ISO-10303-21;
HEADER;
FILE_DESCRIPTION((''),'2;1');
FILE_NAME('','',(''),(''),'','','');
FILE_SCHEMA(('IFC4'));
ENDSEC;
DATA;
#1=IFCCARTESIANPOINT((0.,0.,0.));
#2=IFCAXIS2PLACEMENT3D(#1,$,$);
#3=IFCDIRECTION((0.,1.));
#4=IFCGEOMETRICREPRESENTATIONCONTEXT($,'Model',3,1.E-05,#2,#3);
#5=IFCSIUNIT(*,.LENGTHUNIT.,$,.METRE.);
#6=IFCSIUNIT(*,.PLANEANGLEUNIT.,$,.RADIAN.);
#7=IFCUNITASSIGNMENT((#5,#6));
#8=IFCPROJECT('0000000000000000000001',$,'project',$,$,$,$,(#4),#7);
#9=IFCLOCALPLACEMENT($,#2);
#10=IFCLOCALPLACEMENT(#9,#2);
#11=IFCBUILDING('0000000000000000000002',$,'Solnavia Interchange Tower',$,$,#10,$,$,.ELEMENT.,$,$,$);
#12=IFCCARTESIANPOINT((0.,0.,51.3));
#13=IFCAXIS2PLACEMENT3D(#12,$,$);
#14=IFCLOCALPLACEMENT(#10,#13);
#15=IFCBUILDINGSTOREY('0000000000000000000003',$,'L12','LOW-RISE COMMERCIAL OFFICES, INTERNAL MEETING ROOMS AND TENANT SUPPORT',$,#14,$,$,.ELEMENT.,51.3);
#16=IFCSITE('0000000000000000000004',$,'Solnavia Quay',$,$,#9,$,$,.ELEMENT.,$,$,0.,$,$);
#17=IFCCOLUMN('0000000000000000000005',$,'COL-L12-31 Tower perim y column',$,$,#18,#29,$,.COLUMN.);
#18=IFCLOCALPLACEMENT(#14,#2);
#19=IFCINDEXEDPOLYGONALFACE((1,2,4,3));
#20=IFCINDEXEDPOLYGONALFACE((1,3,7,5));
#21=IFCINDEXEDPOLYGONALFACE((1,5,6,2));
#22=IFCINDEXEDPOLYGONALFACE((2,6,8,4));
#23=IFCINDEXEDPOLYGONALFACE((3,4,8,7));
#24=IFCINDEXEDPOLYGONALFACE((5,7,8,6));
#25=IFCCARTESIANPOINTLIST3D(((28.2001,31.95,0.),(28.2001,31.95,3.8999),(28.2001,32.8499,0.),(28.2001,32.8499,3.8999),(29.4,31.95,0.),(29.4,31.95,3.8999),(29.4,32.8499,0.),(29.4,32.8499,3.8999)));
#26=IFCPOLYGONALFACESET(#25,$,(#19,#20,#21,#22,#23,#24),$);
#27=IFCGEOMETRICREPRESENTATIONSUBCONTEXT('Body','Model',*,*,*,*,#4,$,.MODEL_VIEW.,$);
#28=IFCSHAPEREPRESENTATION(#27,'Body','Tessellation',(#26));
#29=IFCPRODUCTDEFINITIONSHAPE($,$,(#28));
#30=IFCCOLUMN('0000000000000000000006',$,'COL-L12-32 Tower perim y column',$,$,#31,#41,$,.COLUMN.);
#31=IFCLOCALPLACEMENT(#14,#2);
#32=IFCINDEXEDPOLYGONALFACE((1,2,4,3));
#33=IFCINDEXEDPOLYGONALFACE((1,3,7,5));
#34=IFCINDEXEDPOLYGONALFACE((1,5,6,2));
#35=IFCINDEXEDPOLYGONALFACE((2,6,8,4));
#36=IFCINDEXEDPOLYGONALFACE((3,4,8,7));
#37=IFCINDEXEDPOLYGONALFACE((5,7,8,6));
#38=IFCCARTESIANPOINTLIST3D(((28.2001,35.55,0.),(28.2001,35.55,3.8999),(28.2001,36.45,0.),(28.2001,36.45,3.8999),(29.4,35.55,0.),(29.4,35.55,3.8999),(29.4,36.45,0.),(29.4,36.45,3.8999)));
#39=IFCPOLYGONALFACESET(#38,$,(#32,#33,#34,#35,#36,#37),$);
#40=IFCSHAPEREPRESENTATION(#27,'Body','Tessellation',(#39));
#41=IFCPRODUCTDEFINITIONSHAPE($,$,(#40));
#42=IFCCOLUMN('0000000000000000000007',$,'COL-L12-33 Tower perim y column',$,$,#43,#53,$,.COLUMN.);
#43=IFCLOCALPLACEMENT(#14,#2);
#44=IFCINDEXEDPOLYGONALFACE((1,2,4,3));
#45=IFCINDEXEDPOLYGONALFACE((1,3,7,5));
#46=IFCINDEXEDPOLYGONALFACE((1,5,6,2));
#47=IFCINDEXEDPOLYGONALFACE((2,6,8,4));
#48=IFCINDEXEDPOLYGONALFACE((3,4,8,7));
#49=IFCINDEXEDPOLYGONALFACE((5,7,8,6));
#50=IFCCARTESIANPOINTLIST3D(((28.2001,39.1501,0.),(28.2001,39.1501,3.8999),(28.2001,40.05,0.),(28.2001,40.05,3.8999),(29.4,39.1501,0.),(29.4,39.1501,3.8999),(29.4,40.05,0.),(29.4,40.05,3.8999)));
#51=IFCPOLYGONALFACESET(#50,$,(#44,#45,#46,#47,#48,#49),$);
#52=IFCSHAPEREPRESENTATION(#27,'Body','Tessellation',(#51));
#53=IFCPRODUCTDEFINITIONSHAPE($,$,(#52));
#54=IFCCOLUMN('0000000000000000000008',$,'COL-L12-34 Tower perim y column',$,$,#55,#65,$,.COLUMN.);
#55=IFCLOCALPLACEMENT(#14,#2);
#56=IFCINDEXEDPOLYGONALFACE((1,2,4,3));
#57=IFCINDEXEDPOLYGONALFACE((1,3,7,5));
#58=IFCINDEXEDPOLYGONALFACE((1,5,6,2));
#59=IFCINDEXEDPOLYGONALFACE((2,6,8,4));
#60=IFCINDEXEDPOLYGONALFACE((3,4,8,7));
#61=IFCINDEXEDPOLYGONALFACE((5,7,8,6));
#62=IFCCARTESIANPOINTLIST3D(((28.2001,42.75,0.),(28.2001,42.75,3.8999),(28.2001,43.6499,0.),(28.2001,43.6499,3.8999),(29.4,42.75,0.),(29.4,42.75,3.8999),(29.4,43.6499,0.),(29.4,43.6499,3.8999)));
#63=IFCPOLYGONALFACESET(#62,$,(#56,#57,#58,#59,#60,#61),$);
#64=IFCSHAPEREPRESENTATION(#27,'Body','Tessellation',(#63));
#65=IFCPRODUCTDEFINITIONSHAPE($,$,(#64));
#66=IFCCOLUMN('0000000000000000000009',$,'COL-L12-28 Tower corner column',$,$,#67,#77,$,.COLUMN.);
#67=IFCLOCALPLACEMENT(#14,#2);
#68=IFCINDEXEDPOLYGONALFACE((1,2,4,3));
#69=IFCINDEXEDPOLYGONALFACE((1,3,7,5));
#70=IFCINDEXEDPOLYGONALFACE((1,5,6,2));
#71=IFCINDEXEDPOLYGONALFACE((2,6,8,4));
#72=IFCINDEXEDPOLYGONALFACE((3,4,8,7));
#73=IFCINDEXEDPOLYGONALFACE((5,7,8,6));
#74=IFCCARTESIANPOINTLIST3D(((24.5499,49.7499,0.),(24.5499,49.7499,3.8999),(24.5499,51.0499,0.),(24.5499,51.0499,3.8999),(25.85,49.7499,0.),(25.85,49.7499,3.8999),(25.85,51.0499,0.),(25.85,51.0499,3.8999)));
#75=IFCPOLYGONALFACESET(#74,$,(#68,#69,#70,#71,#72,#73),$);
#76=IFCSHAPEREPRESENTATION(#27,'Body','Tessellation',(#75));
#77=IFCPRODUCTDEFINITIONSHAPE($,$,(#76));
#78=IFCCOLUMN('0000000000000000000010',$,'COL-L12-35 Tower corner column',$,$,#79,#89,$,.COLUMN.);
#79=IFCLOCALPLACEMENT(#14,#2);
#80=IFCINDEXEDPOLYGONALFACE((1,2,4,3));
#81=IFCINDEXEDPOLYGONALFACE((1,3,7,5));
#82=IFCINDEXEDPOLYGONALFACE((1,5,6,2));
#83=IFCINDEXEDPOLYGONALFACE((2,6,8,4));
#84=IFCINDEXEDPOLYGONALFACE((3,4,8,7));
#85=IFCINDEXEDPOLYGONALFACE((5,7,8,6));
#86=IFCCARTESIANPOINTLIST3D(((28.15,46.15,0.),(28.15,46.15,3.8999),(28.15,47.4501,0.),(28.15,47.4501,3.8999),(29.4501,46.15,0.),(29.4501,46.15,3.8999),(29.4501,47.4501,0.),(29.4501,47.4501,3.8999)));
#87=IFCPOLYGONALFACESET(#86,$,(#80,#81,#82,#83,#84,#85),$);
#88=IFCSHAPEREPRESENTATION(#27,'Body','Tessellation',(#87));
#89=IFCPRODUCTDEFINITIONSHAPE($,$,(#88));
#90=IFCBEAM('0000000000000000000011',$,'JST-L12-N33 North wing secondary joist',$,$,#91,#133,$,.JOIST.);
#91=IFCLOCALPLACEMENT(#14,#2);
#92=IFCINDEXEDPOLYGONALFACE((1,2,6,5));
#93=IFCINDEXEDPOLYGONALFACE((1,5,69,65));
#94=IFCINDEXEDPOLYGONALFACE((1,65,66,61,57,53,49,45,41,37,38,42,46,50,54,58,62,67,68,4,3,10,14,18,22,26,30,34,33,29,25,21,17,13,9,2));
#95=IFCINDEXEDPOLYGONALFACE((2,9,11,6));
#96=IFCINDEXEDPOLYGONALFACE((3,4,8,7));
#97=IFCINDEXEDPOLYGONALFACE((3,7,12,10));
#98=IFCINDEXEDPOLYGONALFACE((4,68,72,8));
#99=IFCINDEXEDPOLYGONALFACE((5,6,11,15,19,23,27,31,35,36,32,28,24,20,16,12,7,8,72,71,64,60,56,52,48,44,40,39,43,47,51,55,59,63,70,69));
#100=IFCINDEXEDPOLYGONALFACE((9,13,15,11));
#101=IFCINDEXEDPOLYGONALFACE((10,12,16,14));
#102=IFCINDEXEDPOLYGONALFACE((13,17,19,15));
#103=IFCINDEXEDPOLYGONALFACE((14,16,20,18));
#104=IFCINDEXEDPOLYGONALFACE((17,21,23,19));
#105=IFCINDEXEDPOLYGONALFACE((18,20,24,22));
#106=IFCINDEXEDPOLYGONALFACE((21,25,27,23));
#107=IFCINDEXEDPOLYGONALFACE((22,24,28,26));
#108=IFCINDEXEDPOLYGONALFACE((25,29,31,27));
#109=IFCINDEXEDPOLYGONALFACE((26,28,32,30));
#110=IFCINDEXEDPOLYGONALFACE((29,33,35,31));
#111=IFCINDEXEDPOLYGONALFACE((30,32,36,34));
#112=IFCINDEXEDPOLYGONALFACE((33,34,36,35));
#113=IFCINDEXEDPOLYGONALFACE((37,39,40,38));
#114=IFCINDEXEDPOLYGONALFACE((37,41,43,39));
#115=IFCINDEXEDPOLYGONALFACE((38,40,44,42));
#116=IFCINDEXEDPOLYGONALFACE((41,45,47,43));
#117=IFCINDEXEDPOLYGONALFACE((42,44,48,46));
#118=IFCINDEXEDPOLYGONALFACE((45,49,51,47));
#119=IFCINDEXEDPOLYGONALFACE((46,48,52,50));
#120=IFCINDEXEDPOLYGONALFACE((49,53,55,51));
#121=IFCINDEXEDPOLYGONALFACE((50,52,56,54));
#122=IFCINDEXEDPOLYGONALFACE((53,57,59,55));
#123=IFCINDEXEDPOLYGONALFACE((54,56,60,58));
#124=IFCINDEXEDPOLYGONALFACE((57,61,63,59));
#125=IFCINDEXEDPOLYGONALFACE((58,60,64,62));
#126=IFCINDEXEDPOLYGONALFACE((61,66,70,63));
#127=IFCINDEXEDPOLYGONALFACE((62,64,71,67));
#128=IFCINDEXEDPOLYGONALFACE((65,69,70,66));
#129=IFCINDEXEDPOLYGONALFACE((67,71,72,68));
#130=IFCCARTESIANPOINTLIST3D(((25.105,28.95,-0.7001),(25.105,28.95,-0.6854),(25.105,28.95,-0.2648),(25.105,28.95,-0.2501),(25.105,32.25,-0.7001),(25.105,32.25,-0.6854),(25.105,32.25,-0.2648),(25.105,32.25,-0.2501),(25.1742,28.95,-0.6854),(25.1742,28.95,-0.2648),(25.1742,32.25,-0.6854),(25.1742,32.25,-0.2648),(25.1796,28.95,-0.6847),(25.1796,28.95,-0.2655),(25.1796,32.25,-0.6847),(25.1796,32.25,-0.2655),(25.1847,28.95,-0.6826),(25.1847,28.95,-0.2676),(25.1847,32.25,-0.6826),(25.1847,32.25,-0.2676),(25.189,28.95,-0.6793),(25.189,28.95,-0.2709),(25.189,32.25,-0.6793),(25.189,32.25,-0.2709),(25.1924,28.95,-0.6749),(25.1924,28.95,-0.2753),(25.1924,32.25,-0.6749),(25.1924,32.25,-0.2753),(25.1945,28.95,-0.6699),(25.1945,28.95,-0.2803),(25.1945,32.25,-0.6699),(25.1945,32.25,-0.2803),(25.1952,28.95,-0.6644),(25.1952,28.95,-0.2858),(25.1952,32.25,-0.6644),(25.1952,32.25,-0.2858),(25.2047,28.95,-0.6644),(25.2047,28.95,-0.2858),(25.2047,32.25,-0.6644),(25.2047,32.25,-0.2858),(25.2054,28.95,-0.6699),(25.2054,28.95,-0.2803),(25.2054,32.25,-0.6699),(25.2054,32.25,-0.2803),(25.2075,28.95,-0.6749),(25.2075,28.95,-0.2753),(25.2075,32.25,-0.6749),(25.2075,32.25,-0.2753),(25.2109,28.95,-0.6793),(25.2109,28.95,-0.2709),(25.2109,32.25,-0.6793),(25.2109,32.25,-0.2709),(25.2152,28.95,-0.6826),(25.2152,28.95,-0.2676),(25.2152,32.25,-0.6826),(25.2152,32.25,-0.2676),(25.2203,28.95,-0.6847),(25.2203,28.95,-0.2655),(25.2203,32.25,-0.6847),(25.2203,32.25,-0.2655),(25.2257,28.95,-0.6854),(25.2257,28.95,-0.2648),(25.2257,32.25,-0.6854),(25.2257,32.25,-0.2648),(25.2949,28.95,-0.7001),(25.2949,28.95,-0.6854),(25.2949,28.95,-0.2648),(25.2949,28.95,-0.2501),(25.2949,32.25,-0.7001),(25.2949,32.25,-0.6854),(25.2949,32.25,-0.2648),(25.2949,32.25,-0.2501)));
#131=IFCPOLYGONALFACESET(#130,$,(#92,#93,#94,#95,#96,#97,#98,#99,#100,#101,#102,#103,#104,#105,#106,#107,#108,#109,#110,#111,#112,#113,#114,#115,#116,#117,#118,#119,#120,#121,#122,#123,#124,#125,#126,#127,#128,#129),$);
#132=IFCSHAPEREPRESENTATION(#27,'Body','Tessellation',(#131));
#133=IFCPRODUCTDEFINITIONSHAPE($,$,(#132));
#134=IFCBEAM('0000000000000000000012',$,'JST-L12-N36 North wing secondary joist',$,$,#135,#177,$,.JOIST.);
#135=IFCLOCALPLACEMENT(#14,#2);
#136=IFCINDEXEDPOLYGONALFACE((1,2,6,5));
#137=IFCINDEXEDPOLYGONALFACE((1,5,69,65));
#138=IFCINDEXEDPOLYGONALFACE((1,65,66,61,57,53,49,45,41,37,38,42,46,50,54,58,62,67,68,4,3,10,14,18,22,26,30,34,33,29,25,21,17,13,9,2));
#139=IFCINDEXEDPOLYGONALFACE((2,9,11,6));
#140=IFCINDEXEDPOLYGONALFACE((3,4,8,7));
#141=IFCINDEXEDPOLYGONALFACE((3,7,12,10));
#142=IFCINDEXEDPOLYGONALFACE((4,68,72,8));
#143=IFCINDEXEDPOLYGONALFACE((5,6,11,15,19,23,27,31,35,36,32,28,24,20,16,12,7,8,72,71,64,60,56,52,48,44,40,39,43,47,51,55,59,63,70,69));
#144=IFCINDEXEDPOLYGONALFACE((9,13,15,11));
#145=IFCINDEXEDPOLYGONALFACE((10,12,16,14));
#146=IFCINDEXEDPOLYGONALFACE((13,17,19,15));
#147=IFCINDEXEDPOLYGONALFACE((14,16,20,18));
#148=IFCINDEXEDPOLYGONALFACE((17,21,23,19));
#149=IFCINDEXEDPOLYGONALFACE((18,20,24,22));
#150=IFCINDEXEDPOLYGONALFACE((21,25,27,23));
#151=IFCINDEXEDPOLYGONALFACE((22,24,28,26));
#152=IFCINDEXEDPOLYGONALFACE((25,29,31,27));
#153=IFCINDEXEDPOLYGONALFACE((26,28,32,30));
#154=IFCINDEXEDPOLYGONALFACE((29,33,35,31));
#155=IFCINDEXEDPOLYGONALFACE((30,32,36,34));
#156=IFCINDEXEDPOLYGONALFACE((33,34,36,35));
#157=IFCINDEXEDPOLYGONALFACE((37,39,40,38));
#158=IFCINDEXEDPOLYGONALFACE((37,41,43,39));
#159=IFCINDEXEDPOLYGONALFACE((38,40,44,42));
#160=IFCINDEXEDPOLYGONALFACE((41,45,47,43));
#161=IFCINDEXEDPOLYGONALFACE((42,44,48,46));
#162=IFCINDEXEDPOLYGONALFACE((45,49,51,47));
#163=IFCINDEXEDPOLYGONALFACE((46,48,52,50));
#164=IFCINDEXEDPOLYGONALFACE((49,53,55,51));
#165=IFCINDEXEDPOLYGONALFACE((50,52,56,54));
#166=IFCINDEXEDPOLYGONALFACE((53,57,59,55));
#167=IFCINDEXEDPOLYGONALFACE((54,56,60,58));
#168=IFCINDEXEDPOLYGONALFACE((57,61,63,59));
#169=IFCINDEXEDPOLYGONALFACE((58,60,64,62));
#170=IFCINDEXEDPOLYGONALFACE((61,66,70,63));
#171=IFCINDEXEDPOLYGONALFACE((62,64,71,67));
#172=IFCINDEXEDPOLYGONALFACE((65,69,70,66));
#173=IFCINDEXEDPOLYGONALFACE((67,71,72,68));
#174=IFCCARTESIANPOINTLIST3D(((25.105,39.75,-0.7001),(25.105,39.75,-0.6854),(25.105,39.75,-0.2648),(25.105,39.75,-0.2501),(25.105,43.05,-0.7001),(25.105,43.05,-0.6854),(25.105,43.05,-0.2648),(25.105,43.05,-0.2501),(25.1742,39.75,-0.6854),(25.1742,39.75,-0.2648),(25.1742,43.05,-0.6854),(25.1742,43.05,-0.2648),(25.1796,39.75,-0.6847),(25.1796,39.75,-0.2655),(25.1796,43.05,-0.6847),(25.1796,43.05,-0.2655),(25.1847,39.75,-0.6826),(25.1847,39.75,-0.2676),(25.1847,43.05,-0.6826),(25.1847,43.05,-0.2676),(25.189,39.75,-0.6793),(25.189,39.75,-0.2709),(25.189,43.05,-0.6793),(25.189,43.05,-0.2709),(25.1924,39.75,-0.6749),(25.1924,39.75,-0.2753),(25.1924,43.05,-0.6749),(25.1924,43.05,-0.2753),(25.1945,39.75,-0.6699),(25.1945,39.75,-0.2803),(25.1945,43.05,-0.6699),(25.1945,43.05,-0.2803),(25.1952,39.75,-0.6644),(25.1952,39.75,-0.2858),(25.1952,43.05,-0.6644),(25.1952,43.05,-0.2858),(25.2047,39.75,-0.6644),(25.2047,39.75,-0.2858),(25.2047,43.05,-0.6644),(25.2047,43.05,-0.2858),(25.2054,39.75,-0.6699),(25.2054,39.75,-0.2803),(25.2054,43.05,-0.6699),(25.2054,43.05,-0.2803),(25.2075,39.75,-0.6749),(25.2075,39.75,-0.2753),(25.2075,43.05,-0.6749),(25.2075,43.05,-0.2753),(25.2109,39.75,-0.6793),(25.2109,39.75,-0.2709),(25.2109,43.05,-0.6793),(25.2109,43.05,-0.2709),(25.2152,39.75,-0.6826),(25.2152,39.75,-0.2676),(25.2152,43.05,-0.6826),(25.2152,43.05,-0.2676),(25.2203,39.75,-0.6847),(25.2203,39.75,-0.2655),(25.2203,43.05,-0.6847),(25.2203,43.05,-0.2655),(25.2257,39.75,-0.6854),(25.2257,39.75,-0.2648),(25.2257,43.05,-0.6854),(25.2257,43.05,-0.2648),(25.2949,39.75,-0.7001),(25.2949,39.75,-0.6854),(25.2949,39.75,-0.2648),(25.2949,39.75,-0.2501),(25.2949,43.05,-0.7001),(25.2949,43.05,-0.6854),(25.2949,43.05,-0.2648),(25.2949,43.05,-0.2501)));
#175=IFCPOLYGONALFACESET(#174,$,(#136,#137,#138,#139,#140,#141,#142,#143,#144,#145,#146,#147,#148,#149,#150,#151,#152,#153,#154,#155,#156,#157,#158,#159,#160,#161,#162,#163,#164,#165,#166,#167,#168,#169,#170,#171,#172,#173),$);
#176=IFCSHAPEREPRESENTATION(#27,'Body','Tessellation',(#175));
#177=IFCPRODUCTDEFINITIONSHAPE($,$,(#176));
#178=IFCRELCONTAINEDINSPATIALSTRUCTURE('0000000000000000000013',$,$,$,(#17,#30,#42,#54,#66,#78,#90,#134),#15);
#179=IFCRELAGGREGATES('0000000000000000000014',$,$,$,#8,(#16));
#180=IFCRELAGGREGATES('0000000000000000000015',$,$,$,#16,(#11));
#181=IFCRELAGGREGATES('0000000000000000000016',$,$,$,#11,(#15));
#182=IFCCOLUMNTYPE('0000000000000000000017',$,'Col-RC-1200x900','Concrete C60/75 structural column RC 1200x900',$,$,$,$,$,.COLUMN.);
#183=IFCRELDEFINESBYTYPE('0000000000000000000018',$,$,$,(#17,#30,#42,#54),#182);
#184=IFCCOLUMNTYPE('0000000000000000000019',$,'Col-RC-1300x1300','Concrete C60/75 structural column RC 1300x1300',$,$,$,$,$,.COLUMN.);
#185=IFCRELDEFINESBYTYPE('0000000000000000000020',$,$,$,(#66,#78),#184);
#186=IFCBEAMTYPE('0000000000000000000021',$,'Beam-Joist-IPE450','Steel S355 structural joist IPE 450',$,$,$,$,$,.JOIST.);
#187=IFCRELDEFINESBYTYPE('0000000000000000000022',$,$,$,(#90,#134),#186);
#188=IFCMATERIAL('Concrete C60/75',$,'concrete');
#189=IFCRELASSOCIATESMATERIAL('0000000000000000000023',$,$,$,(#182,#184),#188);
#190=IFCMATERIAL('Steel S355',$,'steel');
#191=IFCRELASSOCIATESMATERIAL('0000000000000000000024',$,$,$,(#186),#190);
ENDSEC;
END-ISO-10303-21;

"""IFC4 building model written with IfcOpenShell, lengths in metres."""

from ifc_helpers import new_model, si_unit, direction, frame, origin, origin_2d, place, context, subcontext, project, spatial, rectangle, i_section, extrude, material, material_profile, profile_set, type_object, element, save


model = new_model("IFC4")

# Units and contexts
model_context = context("Model", 3, precision=1e-05, world=origin(), true_north=direction((0.0, 1.0)))
body_context = subcontext(model_context, "Body", "Model", "MODEL_VIEW")
ifc_project = project(units=[si_unit("LENGTHUNIT", "METRE"), si_unit("PLANEANGLEUNIT", "RADIAN")], contexts=[model_context])

# Site, building, storey
site_placement = place(None, origin())
site = spatial("IfcSite", under=ifc_project, at=site_placement, Name="Solnavia Quay", CompositionType="ELEMENT", RefElevation=0.0)
building_placement = place(site_placement, origin())
building = spatial("IfcBuilding", under=site, at=building_placement, Name="Solnavia Interchange Tower", CompositionType="ELEMENT")
storey_placement = place(building_placement, frame((0.0, 0.0, 51.3)))
storey = spatial("IfcBuildingStorey", under=building, at=storey_placement, Name="L12", Description="LOW-RISE COMMERCIAL OFFICES, INTERNAL MEETING ROOMS AND TENANT SUPPORT", CompositionType="ELEMENT", Elevation=51.3)

# Columns
ifc_material_1 = material(Name="Concrete C60/75", Category="concrete")
ifc_material_profile_1 = material_profile(ifc_material_1, rectangle(XDim=0.8999, YDim=1.2, at=origin_2d()), Name="RC 1200x900")
ifc_profile_set_1 = profile_set([ifc_material_profile_1], Name="Concrete C60/75")
column_type_1 = type_object("IfcColumnType", Name="Col-RC-1200x900", Description="Concrete C60/75 structural column RC 1200x900", PredefinedType="COLUMN", material=ifc_profile_set_1)
for number, where, z_axis, x_axis, name in (
    (1, (28.8, 32.3999, 0.0), (0.0, 0.0, 1.0), (0.0, 1.0, 0.0), "COL-L12-31 Tower perim y column"),
    (2, (28.8, 36.0, 0.0), (0.0, 0.0, 1.0), (0.0, 1.0, 0.0), "COL-L12-32 Tower perim y column"),
    (3, (28.8, 39.6001, 0.0), (0.0, 0.0, 1.0), (0.0, 1.0, 0.0), "COL-L12-33 Tower perim y column"),
    (4, (28.8, 43.2, 0.0), (0.0, 0.0, 1.0), (0.0, 1.0, 0.0), "COL-L12-34 Tower perim y column"),
):
    element("IfcColumn", number, at=place(storey_placement, frame(where, z_axis=z_axis, x_axis=x_axis)), inside=storey, type_object=column_type_1, Name=name, PredefinedType="COLUMN", context=body_context, shape_type="SweptSolid", body=[
        extrude(rectangle(XDim=0.8999, YDim=1.2, at=origin_2d()), origin(), (0.0, 0.0, 1.0), 3.8999),
    ])
ifc_material_profile_2 = material_profile(ifc_material_1, rectangle(XDim=1.3, YDim=1.3, at=origin_2d()), Name="RC 1300x1300")
ifc_profile_set_2 = profile_set([ifc_material_profile_2], Name="Concrete C60/75")
column_type_2 = type_object("IfcColumnType", Name="Col-RC-1300x1300", Description="Concrete C60/75 structural column RC 1300x1300", PredefinedType="COLUMN", material=ifc_profile_set_2)
for number, where, z_axis, x_axis, name in (
    (5, (25.2, 50.3999, 0.0), (0.0, 0.0, 1.0), (1.0, 0.0, 0.0), "COL-L12-28 Tower corner column"),
    (6, (28.8, 46.8, 0.0), (0.0, 0.0, 1.0), (0.0, 1.0, 0.0), "COL-L12-35 Tower corner column"),
):
    element("IfcColumn", number, at=place(storey_placement, frame(where, z_axis=z_axis, x_axis=x_axis)), inside=storey, type_object=column_type_2, Name=name, PredefinedType="COLUMN", context=body_context, shape_type="SweptSolid", body=[
        extrude(rectangle(XDim=1.3, YDim=1.3, at=origin_2d()), origin(), (0.0, 0.0, 1.0), 3.8999),
    ])

# Beams
ifc_material_2 = material(Name="Steel S355", Category="steel")
ifc_material_profile_3 = material_profile(ifc_material_2, i_section(OverallWidth=0.1899, OverallDepth=0.45, WebThickness=0.0095, FlangeThickness=0.0146, FilletRadius=0.021, at=origin_2d()), Name="IPE 450")
ifc_profile_set_3 = profile_set([ifc_material_profile_3], Name="Steel S355")
beam_type_1 = type_object("IfcBeamType", Name="Beam-Joist-IPE450", Description="Steel S355 structural joist IPE 450", PredefinedType="JOIST", material=ifc_profile_set_3)
for number, where, z_axis, x_axis, name in (
    (7, (25.2, 28.95, -0.4751), (0.0, 1.0, 0.0), (-1.0, 0.0, 0.0), "JST-L12-N33 North wing secondary joist"),
    (8, (25.2, 39.75, -0.4751), (0.0, 1.0, 0.0), (-1.0, 0.0, 0.0), "JST-L12-N36 North wing secondary joist"),
):
    element("IfcBeam", number, at=place(storey_placement, frame(where, z_axis=z_axis, x_axis=x_axis)), inside=storey, type_object=beam_type_1, Name=name, PredefinedType="JOIST", context=body_context, shape_type="SweptSolid", body=[
        extrude(i_section(OverallWidth=0.1899, OverallDepth=0.45, WebThickness=0.0095, FlangeThickness=0.0146, FilletRadius=0.021, at=origin_2d()), origin(), (0.0, 0.0, 1.0), 3.3),
    ])

save(model, "model.ifc")
